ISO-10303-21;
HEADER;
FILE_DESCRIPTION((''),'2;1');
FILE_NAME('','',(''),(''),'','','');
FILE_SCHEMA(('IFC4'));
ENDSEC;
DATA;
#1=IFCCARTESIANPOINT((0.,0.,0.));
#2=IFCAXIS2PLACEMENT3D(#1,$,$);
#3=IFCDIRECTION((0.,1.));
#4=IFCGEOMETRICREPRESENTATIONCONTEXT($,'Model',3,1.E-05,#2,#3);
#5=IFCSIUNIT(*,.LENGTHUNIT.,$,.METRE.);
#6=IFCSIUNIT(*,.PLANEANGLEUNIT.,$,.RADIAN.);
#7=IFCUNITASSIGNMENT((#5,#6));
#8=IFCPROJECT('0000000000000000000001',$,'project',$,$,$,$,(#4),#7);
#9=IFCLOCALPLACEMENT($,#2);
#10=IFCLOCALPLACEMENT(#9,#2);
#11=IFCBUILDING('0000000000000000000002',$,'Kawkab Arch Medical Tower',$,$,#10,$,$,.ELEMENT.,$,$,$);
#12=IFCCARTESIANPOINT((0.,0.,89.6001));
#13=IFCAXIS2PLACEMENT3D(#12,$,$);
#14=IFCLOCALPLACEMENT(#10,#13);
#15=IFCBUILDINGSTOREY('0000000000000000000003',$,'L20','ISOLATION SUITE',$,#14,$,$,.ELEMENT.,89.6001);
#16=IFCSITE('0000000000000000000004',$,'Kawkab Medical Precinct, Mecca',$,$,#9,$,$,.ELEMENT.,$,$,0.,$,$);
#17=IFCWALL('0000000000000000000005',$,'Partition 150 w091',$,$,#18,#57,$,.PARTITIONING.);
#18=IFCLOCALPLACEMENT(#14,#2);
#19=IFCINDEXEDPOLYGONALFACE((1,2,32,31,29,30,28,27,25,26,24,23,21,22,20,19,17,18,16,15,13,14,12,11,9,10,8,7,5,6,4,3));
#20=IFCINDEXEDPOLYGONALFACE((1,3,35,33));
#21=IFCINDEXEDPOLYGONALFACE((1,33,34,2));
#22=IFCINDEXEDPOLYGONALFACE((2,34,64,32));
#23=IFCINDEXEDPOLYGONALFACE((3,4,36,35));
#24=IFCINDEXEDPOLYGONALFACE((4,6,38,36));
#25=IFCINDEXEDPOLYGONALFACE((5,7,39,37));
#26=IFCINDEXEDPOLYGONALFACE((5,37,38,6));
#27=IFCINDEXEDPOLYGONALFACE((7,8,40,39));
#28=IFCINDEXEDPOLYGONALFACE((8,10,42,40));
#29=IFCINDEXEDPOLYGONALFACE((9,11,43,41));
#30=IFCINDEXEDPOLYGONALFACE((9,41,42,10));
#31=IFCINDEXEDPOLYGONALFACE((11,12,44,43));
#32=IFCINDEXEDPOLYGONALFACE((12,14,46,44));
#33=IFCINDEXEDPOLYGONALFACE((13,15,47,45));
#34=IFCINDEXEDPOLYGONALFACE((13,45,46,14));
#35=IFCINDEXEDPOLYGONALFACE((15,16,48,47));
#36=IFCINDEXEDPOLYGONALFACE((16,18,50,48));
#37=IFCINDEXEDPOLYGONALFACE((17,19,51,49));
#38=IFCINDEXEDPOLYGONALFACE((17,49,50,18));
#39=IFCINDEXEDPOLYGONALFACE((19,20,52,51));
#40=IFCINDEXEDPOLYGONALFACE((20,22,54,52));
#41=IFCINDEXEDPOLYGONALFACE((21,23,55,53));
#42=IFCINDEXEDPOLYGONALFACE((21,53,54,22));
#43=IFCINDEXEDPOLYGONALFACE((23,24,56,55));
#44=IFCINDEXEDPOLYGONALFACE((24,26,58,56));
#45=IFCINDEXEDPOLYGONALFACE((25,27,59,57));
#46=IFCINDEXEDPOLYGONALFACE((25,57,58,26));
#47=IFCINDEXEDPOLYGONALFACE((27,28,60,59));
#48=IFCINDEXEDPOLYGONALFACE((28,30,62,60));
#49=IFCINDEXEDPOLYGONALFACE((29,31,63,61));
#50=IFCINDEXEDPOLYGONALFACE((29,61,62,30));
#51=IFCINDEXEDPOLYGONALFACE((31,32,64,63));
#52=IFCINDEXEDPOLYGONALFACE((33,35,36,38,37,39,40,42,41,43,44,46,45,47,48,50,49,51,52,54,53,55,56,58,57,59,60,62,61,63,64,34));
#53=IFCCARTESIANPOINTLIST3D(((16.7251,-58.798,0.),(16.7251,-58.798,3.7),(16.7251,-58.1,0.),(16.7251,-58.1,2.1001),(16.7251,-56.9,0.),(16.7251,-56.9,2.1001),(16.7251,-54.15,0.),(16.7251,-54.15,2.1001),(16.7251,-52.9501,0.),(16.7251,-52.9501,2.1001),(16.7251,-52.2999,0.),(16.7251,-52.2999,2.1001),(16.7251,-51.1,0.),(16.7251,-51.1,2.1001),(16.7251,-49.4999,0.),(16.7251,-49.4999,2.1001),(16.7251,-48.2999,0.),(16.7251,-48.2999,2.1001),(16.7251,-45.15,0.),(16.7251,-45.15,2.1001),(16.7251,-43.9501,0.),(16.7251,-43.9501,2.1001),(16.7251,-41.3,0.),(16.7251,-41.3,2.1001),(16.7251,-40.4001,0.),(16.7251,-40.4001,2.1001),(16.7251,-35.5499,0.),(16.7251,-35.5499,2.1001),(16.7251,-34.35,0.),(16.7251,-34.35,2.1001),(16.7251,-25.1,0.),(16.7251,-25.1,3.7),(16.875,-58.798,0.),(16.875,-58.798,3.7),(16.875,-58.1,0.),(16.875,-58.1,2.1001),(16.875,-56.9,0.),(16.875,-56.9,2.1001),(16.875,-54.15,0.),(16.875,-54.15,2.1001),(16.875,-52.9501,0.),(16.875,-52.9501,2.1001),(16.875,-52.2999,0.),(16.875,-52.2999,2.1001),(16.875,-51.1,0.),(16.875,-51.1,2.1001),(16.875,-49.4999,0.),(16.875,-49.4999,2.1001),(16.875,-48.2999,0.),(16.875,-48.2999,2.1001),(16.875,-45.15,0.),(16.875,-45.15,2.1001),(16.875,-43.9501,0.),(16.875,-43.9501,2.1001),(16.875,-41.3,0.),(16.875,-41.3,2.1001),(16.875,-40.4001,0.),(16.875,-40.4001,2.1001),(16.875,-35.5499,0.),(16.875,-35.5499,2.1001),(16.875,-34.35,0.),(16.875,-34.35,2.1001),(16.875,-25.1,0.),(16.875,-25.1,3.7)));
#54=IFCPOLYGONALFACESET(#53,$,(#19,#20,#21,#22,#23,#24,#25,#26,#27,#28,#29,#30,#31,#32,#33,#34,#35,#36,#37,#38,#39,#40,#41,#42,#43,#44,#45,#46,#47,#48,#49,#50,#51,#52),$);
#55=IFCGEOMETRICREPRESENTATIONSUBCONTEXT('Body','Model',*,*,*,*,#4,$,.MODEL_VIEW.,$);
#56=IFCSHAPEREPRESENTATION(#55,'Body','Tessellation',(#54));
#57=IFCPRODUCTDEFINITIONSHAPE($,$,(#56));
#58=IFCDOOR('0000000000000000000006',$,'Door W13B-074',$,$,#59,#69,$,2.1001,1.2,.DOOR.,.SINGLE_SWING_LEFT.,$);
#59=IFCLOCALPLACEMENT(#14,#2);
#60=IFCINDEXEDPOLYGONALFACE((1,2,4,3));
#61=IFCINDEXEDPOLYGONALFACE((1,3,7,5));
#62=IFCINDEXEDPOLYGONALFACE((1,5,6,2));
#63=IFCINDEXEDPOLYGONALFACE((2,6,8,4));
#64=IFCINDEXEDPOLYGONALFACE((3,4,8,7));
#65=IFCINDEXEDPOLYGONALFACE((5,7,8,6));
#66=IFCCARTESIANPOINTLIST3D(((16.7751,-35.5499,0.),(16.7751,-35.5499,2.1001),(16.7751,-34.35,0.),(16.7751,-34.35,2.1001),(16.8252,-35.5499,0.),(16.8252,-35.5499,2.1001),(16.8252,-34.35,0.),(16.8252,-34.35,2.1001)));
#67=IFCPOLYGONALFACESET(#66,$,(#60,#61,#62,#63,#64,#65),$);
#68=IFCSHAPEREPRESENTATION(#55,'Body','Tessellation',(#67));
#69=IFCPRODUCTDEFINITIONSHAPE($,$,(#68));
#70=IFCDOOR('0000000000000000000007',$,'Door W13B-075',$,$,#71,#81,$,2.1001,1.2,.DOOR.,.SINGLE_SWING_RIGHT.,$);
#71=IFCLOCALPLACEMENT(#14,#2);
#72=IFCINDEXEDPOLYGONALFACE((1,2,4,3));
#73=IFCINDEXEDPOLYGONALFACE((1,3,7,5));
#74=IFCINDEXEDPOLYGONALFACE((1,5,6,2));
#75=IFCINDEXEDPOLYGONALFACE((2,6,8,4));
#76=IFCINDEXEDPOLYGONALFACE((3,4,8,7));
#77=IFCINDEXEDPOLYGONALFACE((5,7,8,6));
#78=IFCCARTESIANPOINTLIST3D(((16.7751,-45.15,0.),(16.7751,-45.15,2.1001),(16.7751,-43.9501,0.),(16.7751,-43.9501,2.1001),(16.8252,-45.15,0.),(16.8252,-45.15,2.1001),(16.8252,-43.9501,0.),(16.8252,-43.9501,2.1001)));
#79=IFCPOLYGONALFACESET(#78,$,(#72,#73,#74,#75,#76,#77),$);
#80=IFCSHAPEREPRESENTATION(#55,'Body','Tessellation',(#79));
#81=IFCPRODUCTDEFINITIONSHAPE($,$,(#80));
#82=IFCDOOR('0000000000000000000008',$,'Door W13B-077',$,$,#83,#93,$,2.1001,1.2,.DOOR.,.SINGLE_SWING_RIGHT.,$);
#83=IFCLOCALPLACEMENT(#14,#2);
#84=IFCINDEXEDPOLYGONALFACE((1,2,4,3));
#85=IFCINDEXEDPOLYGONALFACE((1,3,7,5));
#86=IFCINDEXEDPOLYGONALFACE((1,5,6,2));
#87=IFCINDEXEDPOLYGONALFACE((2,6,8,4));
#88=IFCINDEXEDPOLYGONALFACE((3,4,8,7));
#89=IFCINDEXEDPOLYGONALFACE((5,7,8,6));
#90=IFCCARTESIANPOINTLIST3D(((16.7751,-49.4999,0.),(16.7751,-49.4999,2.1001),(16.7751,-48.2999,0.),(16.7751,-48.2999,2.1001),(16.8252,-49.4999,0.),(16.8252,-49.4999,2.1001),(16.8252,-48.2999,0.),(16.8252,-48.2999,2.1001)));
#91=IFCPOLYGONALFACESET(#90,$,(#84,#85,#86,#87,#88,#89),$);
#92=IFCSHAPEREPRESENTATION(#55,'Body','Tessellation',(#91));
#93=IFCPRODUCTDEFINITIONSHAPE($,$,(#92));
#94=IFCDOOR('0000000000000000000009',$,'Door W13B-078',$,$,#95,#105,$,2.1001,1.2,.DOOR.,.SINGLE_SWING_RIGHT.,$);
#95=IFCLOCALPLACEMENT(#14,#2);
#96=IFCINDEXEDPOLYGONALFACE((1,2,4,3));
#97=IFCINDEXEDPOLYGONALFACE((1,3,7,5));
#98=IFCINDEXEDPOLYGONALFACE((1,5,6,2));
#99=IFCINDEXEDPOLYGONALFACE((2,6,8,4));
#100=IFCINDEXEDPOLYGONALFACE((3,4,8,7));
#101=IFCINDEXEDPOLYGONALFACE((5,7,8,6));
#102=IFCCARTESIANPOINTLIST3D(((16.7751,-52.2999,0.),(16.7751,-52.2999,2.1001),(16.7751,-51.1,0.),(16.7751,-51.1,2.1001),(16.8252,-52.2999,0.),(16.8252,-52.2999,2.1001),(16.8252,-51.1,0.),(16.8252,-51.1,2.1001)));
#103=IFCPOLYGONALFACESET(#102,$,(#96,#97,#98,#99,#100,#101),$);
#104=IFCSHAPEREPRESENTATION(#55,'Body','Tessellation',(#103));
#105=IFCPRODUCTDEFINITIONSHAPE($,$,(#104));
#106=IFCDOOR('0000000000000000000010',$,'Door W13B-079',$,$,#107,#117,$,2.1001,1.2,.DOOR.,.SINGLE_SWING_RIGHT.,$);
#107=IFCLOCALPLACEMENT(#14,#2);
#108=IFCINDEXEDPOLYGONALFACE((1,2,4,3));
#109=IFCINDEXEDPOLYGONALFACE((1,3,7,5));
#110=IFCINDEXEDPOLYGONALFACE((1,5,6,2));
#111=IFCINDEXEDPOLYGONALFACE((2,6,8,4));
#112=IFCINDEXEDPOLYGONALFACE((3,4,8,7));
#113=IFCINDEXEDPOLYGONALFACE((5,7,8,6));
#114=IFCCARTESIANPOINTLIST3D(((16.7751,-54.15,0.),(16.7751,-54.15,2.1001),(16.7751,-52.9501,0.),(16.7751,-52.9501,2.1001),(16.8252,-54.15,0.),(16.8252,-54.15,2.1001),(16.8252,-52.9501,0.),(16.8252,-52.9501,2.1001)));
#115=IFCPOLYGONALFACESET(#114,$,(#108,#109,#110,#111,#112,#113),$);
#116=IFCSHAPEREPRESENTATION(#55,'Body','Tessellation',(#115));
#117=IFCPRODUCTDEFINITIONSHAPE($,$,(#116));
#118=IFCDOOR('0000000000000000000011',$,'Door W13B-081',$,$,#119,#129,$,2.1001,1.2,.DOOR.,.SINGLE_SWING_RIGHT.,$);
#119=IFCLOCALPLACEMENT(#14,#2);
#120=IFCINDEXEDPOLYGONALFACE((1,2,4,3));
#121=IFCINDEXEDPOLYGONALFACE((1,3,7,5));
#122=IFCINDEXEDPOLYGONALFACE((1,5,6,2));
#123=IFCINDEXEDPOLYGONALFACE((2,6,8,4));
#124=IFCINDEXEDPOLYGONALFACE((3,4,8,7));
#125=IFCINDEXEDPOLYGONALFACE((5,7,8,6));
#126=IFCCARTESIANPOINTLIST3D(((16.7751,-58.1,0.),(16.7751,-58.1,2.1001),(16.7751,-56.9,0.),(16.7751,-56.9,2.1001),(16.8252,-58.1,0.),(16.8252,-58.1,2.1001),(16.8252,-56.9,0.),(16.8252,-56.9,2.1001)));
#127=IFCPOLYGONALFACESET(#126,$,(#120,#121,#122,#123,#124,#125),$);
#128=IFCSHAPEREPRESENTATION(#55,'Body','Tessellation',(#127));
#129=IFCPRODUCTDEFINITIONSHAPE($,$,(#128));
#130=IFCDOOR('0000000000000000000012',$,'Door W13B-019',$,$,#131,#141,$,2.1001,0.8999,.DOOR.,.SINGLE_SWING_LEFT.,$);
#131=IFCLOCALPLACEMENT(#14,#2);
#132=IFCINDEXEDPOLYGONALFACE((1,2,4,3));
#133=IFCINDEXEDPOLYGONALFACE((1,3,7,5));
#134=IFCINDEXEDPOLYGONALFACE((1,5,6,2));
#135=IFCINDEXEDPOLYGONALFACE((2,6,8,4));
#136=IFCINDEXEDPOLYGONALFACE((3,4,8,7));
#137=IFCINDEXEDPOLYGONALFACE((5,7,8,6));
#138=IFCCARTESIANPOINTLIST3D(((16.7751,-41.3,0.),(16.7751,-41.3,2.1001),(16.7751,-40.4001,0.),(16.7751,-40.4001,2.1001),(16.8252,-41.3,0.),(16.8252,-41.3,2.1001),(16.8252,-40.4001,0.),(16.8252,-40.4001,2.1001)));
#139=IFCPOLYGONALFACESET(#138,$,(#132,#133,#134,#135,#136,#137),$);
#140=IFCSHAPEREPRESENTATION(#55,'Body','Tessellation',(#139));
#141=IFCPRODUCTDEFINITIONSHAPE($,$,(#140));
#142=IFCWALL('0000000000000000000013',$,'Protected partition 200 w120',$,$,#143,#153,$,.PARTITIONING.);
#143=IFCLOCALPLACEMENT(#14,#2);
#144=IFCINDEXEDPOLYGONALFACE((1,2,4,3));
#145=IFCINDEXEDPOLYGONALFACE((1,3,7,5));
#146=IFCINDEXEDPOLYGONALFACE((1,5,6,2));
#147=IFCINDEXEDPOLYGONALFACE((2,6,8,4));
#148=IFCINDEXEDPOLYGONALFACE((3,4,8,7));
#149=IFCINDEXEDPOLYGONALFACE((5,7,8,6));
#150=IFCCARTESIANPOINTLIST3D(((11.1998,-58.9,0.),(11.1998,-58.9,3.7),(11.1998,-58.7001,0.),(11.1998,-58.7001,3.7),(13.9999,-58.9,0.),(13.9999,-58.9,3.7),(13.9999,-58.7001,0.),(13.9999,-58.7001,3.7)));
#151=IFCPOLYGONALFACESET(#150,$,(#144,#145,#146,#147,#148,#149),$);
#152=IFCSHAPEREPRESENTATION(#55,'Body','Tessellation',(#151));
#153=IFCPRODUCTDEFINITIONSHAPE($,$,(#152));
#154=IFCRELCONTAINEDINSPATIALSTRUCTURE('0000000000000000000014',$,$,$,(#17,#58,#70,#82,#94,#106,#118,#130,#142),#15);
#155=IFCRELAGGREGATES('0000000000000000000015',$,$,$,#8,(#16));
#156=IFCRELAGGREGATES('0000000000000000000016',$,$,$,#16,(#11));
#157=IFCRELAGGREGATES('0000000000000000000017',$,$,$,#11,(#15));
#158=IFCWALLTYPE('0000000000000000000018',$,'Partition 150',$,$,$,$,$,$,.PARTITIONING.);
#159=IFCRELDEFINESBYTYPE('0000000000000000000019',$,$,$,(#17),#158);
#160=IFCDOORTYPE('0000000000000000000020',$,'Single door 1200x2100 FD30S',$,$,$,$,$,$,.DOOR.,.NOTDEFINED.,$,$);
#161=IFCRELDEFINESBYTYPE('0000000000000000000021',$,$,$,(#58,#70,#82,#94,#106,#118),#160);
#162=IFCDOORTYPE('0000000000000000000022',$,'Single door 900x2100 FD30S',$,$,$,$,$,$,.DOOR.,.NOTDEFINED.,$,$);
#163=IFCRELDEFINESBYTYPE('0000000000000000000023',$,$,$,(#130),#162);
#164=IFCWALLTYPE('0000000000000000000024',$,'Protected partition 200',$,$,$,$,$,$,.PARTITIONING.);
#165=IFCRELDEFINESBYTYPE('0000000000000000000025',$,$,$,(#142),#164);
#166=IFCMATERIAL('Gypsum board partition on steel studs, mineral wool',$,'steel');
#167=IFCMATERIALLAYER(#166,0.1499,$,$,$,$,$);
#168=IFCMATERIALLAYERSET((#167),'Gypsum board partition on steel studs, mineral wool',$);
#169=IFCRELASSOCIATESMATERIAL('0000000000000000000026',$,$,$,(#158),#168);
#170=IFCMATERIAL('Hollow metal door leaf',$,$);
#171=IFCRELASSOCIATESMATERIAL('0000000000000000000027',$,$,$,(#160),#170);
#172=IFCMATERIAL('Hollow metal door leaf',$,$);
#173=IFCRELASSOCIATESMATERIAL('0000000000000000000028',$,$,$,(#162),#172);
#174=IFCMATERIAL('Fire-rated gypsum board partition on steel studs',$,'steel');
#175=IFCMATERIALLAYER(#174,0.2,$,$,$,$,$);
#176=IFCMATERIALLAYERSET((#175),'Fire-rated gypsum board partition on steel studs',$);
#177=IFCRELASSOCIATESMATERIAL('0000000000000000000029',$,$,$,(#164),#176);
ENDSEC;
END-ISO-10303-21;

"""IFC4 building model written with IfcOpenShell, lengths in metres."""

from ifc_helpers import new_model, si_unit, direction, frame, frame_2d, origin, place, context, subcontext, project, spatial, rectangle, extrude, material, layer, layer_set, type_object, element, fill, save


model = new_model("IFC4")

# Units and contexts
model_context = context("Model", 3, precision=1e-05, world=origin(), true_north=direction((0.0, 1.0)))
body_context = subcontext(model_context, "Body", "Model", "MODEL_VIEW")
ifc_project = project(units=[si_unit("LENGTHUNIT", "METRE"), si_unit("PLANEANGLEUNIT", "RADIAN")], contexts=[model_context])

# Site, building, storey
site_placement = place(None, origin())
site = spatial("IfcSite", under=ifc_project, at=site_placement, Name="Kawkab Medical Precinct, Mecca", CompositionType="ELEMENT", RefElevation=0.0)
building_placement = place(site_placement, origin())
building = spatial("IfcBuilding", under=site, at=building_placement, Name="Kawkab Arch Medical Tower", CompositionType="ELEMENT")
storey_placement = place(building_placement, frame((0.0, 0.0, 89.6001)))
storey = spatial("IfcBuildingStorey", under=building, at=storey_placement, Name="L20", Description="ISOLATION SUITE", CompositionType="ELEMENT", Elevation=89.6001)

# Shared definitions
ifc_material_1 = material(Name="Gypsum board partition on steel studs, mineral wool", Category="steel")
ifc_layer_1 = layer(ifc_material_1, 0.1499)
ifc_layer_set_1 = layer_set([ifc_layer_1], Name="Gypsum board partition on steel studs, mineral wool")
wall_type_1 = type_object("IfcWallType", Name="Partition 150", PredefinedType="PARTITIONING", material=ifc_layer_set_1)

# Wall, openings, doors
wall_1_placement = place(storey_placement, frame((16.8, -58.7981, 0.0), z_axis=(0.0, 0.0, 1.0), x_axis=(0.0, 1.0, 0.0)))
wall_1 = element("IfcWall", 1, at=wall_1_placement, inside=storey, type_object=wall_type_1, Name="Partition 150 w091", PredefinedType="PARTITIONING", context=body_context, shape_type="SweptSolid", body=[
    extrude(rectangle(XDim=33.698, YDim=0.1499, at=frame_2d((16.8491, 0.0))), origin(), (0.0, 0.0, 1.0), 3.7),
])
opening_1_placement = place(wall_1_placement, frame((23.248, 0.0, 0.0)))
opening_1 = element("IfcOpeningElement", 2, at=opening_1_placement, cuts=wall_1, PredefinedType="OPENING", context=body_context, shape_type="SweptSolid", body=[
    extrude(rectangle(XDim=1.2, YDim=2.1001, at=frame_2d((0.6001, 1.05))), frame((0.0, 0.085, 0.0), z_axis=(0.0, -1.0, 0.0), x_axis=(1.0, 0.0, 0.0)), (0.0, 0.0, 1.0), 0.1699),
])
opening_2_placement = place(wall_1_placement, frame((17.498, 0.0, 0.0)))
opening_2 = element("IfcOpeningElement", 3, at=opening_2_placement, cuts=wall_1, PredefinedType="OPENING", context=body_context, shape_type="SweptSolid", body=[
    extrude(rectangle(XDim=0.8999, YDim=2.1001, at=frame_2d((0.45, 1.05))), frame((0.0, 0.085, 0.0), z_axis=(0.0, -1.0, 0.0), x_axis=(1.0, 0.0, 0.0)), (0.0, 0.0, 1.0), 0.1699),
])
opening_3_placement = place(wall_1_placement, frame((13.6479, 0.0, 0.0)))
opening_3 = element("IfcOpeningElement", 4, at=opening_3_placement, cuts=wall_1, PredefinedType="OPENING", context=body_context, shape_type="SweptSolid", body=[
    extrude(rectangle(XDim=1.2, YDim=2.1001, at=frame_2d((0.6001, 1.05))), frame((0.0, 0.085, 0.0), z_axis=(0.0, -1.0, 0.0), x_axis=(1.0, 0.0, 0.0)), (0.0, 0.0, 1.0), 0.1699),
])
opening_4_placement = place(wall_1_placement, frame((9.2981, 0.0, 0.0)))
opening_4 = element("IfcOpeningElement", 5, at=opening_4_placement, cuts=wall_1, PredefinedType="OPENING", context=body_context, shape_type="SweptSolid", body=[
    extrude(rectangle(XDim=1.2, YDim=2.1001, at=frame_2d((0.6001, 1.05))), frame((0.0, 0.085, 0.0), z_axis=(0.0, -1.0, 0.0), x_axis=(1.0, 0.0, 0.0)), (0.0, 0.0, 1.0), 0.1699),
])
opening_5_placement = place(wall_1_placement, frame((6.498, 0.0, 0.0)))
opening_5 = element("IfcOpeningElement", 6, at=opening_5_placement, cuts=wall_1, PredefinedType="OPENING", context=body_context, shape_type="SweptSolid", body=[
    extrude(rectangle(XDim=1.2, YDim=2.1001, at=frame_2d((0.6001, 1.05))), frame((0.0, 0.085, 0.0), z_axis=(0.0, -1.0, 0.0), x_axis=(1.0, 0.0, 0.0)), (0.0, 0.0, 1.0), 0.1699),
])
opening_6_placement = place(wall_1_placement, frame((4.6479, 0.0, 0.0)))
opening_6 = element("IfcOpeningElement", 7, at=opening_6_placement, cuts=wall_1, PredefinedType="OPENING", context=body_context, shape_type="SweptSolid", body=[
    extrude(rectangle(XDim=1.2, YDim=2.1001, at=frame_2d((0.6001, 1.05))), frame((0.0, 0.085, 0.0), z_axis=(0.0, -1.0, 0.0), x_axis=(1.0, 0.0, 0.0)), (0.0, 0.0, 1.0), 0.1699),
])
opening_7_placement = place(wall_1_placement, frame((0.698, 0.0, 0.0)))
opening_7 = element("IfcOpeningElement", 8, at=opening_7_placement, cuts=wall_1, PredefinedType="OPENING", context=body_context, shape_type="SweptSolid", body=[
    extrude(rectangle(XDim=1.2, YDim=2.1001, at=frame_2d((0.6001, 1.05))), frame((0.0, 0.085, 0.0), z_axis=(0.0, -1.0, 0.0), x_axis=(1.0, 0.0, 0.0)), (0.0, 0.0, 1.0), 0.1699),
])
ifc_material_2 = material(Name="Hollow metal door leaf")
door_type_1 = type_object("IfcDoorType", Name="Single door 1200x2100 FD30S", OperationType="NOTDEFINED", PredefinedType="DOOR", material=ifc_material_2)
door_1_placement = place(opening_1_placement, origin())
door_1 = element("IfcDoor", 9, at=door_1_placement, inside=storey, type_object=door_type_1, Name="Door W13B-074", OperationType="SINGLE_SWING_LEFT", OverallHeight=2.1001, OverallWidth=1.2, PredefinedType="DOOR", context=body_context, shape_type="SweptSolid", body=[
    extrude(rectangle(XDim=1.2, YDim=2.1001, at=frame_2d((0.6001, 1.05))), frame((0.0, 0.0249, 0.0), z_axis=(0.0, -1.0, 0.0), x_axis=(1.0, 0.0, 0.0)), (0.0, 0.0, 1.0), 0.05),
])
fill(opening_1, door_1)
door_2_placement = place(opening_3_placement, origin())
door_2 = element("IfcDoor", 10, at=door_2_placement, inside=storey, type_object=door_type_1, Name="Door W13B-075", OperationType="SINGLE_SWING_RIGHT", OverallHeight=2.1001, OverallWidth=1.2, PredefinedType="DOOR", context=body_context, shape_type="SweptSolid", body=[
    extrude(rectangle(XDim=1.2, YDim=2.1001, at=frame_2d((0.6001, 1.05))), frame((0.0, 0.0249, 0.0), z_axis=(0.0, -1.0, 0.0), x_axis=(1.0, 0.0, 0.0)), (0.0, 0.0, 1.0), 0.05),
])
fill(opening_3, door_2)
door_3_placement = place(opening_4_placement, origin())
door_3 = element("IfcDoor", 11, at=door_3_placement, inside=storey, type_object=door_type_1, Name="Door W13B-077", OperationType="SINGLE_SWING_RIGHT", OverallHeight=2.1001, OverallWidth=1.2, PredefinedType="DOOR", context=body_context, shape_type="SweptSolid", body=[
    extrude(rectangle(XDim=1.2, YDim=2.1001, at=frame_2d((0.6001, 1.05))), frame((0.0, 0.0249, 0.0), z_axis=(0.0, -1.0, 0.0), x_axis=(1.0, 0.0, 0.0)), (0.0, 0.0, 1.0), 0.05),
])
fill(opening_4, door_3)
door_4_placement = place(opening_5_placement, origin())
door_4 = element("IfcDoor", 12, at=door_4_placement, inside=storey, type_object=door_type_1, Name="Door W13B-078", OperationType="SINGLE_SWING_RIGHT", OverallHeight=2.1001, OverallWidth=1.2, PredefinedType="DOOR", context=body_context, shape_type="SweptSolid", body=[
    extrude(rectangle(XDim=1.2, YDim=2.1001, at=frame_2d((0.6001, 1.05))), frame((0.0, 0.0249, 0.0), z_axis=(0.0, -1.0, 0.0), x_axis=(1.0, 0.0, 0.0)), (0.0, 0.0, 1.0), 0.05),
])
fill(opening_5, door_4)
door_5_placement = place(opening_6_placement, origin())
door_5 = element("IfcDoor", 13, at=door_5_placement, inside=storey, type_object=door_type_1, Name="Door W13B-079", OperationType="SINGLE_SWING_RIGHT", OverallHeight=2.1001, OverallWidth=1.2, PredefinedType="DOOR", context=body_context, shape_type="SweptSolid", body=[
    extrude(rectangle(XDim=1.2, YDim=2.1001, at=frame_2d((0.6001, 1.05))), frame((0.0, 0.0249, 0.0), z_axis=(0.0, -1.0, 0.0), x_axis=(1.0, 0.0, 0.0)), (0.0, 0.0, 1.0), 0.05),
])
fill(opening_6, door_5)
door_6_placement = place(opening_7_placement, origin())
door_6 = element("IfcDoor", 14, at=door_6_placement, inside=storey, type_object=door_type_1, Name="Door W13B-081", OperationType="SINGLE_SWING_RIGHT", OverallHeight=2.1001, OverallWidth=1.2, PredefinedType="DOOR", context=body_context, shape_type="SweptSolid", body=[
    extrude(rectangle(XDim=1.2, YDim=2.1001, at=frame_2d((0.6001, 1.05))), frame((0.0, 0.0249, 0.0), z_axis=(0.0, -1.0, 0.0), x_axis=(1.0, 0.0, 0.0)), (0.0, 0.0, 1.0), 0.05),
])
fill(opening_7, door_6)
ifc_material_3 = material(Name="Hollow metal door leaf")
door_type_2 = type_object("IfcDoorType", Name="Single door 900x2100 FD30S", OperationType="NOTDEFINED", PredefinedType="DOOR", material=ifc_material_3)
door_7_placement = place(opening_2_placement, origin())
door_7 = element("IfcDoor", 15, at=door_7_placement, inside=storey, type_object=door_type_2, Name="Door W13B-019", OperationType="SINGLE_SWING_LEFT", OverallHeight=2.1001, OverallWidth=0.8999, PredefinedType="DOOR", context=body_context, shape_type="SweptSolid", body=[
    extrude(rectangle(XDim=0.8999, YDim=2.1001, at=frame_2d((0.45, 1.05))), frame((0.0, 0.0249, 0.0), z_axis=(0.0, -1.0, 0.0), x_axis=(1.0, 0.0, 0.0)), (0.0, 0.0, 1.0), 0.05),
])
fill(opening_2, door_7)

# Wall
ifc_material_4 = material(Name="Fire-rated gypsum board partition on steel studs", Category="steel")
ifc_layer_2 = layer(ifc_material_4, 0.2)
ifc_layer_set_2 = layer_set([ifc_layer_2], Name="Fire-rated gypsum board partition on steel studs")
wall_type_2 = type_object("IfcWallType", Name="Protected partition 200", PredefinedType="PARTITIONING", material=ifc_layer_set_2)
wall_2_placement = place(storey_placement, frame((11.2, -58.8, 0.0), z_axis=(0.0, 0.0, 1.0), x_axis=(1.0, 0.0, 0.0)))
element("IfcWall", 16, at=wall_2_placement, inside=storey, type_object=wall_type_2, Name="Protected partition 200 w120", PredefinedType="PARTITIONING", context=body_context, shape_type="SweptSolid", body=[
    extrude(rectangle(XDim=2.8, YDim=0.2, at=frame_2d((1.3999, 0.0))), origin(), (0.0, 0.0, 1.0), 3.7),
])

save(model, "model.ifc")
